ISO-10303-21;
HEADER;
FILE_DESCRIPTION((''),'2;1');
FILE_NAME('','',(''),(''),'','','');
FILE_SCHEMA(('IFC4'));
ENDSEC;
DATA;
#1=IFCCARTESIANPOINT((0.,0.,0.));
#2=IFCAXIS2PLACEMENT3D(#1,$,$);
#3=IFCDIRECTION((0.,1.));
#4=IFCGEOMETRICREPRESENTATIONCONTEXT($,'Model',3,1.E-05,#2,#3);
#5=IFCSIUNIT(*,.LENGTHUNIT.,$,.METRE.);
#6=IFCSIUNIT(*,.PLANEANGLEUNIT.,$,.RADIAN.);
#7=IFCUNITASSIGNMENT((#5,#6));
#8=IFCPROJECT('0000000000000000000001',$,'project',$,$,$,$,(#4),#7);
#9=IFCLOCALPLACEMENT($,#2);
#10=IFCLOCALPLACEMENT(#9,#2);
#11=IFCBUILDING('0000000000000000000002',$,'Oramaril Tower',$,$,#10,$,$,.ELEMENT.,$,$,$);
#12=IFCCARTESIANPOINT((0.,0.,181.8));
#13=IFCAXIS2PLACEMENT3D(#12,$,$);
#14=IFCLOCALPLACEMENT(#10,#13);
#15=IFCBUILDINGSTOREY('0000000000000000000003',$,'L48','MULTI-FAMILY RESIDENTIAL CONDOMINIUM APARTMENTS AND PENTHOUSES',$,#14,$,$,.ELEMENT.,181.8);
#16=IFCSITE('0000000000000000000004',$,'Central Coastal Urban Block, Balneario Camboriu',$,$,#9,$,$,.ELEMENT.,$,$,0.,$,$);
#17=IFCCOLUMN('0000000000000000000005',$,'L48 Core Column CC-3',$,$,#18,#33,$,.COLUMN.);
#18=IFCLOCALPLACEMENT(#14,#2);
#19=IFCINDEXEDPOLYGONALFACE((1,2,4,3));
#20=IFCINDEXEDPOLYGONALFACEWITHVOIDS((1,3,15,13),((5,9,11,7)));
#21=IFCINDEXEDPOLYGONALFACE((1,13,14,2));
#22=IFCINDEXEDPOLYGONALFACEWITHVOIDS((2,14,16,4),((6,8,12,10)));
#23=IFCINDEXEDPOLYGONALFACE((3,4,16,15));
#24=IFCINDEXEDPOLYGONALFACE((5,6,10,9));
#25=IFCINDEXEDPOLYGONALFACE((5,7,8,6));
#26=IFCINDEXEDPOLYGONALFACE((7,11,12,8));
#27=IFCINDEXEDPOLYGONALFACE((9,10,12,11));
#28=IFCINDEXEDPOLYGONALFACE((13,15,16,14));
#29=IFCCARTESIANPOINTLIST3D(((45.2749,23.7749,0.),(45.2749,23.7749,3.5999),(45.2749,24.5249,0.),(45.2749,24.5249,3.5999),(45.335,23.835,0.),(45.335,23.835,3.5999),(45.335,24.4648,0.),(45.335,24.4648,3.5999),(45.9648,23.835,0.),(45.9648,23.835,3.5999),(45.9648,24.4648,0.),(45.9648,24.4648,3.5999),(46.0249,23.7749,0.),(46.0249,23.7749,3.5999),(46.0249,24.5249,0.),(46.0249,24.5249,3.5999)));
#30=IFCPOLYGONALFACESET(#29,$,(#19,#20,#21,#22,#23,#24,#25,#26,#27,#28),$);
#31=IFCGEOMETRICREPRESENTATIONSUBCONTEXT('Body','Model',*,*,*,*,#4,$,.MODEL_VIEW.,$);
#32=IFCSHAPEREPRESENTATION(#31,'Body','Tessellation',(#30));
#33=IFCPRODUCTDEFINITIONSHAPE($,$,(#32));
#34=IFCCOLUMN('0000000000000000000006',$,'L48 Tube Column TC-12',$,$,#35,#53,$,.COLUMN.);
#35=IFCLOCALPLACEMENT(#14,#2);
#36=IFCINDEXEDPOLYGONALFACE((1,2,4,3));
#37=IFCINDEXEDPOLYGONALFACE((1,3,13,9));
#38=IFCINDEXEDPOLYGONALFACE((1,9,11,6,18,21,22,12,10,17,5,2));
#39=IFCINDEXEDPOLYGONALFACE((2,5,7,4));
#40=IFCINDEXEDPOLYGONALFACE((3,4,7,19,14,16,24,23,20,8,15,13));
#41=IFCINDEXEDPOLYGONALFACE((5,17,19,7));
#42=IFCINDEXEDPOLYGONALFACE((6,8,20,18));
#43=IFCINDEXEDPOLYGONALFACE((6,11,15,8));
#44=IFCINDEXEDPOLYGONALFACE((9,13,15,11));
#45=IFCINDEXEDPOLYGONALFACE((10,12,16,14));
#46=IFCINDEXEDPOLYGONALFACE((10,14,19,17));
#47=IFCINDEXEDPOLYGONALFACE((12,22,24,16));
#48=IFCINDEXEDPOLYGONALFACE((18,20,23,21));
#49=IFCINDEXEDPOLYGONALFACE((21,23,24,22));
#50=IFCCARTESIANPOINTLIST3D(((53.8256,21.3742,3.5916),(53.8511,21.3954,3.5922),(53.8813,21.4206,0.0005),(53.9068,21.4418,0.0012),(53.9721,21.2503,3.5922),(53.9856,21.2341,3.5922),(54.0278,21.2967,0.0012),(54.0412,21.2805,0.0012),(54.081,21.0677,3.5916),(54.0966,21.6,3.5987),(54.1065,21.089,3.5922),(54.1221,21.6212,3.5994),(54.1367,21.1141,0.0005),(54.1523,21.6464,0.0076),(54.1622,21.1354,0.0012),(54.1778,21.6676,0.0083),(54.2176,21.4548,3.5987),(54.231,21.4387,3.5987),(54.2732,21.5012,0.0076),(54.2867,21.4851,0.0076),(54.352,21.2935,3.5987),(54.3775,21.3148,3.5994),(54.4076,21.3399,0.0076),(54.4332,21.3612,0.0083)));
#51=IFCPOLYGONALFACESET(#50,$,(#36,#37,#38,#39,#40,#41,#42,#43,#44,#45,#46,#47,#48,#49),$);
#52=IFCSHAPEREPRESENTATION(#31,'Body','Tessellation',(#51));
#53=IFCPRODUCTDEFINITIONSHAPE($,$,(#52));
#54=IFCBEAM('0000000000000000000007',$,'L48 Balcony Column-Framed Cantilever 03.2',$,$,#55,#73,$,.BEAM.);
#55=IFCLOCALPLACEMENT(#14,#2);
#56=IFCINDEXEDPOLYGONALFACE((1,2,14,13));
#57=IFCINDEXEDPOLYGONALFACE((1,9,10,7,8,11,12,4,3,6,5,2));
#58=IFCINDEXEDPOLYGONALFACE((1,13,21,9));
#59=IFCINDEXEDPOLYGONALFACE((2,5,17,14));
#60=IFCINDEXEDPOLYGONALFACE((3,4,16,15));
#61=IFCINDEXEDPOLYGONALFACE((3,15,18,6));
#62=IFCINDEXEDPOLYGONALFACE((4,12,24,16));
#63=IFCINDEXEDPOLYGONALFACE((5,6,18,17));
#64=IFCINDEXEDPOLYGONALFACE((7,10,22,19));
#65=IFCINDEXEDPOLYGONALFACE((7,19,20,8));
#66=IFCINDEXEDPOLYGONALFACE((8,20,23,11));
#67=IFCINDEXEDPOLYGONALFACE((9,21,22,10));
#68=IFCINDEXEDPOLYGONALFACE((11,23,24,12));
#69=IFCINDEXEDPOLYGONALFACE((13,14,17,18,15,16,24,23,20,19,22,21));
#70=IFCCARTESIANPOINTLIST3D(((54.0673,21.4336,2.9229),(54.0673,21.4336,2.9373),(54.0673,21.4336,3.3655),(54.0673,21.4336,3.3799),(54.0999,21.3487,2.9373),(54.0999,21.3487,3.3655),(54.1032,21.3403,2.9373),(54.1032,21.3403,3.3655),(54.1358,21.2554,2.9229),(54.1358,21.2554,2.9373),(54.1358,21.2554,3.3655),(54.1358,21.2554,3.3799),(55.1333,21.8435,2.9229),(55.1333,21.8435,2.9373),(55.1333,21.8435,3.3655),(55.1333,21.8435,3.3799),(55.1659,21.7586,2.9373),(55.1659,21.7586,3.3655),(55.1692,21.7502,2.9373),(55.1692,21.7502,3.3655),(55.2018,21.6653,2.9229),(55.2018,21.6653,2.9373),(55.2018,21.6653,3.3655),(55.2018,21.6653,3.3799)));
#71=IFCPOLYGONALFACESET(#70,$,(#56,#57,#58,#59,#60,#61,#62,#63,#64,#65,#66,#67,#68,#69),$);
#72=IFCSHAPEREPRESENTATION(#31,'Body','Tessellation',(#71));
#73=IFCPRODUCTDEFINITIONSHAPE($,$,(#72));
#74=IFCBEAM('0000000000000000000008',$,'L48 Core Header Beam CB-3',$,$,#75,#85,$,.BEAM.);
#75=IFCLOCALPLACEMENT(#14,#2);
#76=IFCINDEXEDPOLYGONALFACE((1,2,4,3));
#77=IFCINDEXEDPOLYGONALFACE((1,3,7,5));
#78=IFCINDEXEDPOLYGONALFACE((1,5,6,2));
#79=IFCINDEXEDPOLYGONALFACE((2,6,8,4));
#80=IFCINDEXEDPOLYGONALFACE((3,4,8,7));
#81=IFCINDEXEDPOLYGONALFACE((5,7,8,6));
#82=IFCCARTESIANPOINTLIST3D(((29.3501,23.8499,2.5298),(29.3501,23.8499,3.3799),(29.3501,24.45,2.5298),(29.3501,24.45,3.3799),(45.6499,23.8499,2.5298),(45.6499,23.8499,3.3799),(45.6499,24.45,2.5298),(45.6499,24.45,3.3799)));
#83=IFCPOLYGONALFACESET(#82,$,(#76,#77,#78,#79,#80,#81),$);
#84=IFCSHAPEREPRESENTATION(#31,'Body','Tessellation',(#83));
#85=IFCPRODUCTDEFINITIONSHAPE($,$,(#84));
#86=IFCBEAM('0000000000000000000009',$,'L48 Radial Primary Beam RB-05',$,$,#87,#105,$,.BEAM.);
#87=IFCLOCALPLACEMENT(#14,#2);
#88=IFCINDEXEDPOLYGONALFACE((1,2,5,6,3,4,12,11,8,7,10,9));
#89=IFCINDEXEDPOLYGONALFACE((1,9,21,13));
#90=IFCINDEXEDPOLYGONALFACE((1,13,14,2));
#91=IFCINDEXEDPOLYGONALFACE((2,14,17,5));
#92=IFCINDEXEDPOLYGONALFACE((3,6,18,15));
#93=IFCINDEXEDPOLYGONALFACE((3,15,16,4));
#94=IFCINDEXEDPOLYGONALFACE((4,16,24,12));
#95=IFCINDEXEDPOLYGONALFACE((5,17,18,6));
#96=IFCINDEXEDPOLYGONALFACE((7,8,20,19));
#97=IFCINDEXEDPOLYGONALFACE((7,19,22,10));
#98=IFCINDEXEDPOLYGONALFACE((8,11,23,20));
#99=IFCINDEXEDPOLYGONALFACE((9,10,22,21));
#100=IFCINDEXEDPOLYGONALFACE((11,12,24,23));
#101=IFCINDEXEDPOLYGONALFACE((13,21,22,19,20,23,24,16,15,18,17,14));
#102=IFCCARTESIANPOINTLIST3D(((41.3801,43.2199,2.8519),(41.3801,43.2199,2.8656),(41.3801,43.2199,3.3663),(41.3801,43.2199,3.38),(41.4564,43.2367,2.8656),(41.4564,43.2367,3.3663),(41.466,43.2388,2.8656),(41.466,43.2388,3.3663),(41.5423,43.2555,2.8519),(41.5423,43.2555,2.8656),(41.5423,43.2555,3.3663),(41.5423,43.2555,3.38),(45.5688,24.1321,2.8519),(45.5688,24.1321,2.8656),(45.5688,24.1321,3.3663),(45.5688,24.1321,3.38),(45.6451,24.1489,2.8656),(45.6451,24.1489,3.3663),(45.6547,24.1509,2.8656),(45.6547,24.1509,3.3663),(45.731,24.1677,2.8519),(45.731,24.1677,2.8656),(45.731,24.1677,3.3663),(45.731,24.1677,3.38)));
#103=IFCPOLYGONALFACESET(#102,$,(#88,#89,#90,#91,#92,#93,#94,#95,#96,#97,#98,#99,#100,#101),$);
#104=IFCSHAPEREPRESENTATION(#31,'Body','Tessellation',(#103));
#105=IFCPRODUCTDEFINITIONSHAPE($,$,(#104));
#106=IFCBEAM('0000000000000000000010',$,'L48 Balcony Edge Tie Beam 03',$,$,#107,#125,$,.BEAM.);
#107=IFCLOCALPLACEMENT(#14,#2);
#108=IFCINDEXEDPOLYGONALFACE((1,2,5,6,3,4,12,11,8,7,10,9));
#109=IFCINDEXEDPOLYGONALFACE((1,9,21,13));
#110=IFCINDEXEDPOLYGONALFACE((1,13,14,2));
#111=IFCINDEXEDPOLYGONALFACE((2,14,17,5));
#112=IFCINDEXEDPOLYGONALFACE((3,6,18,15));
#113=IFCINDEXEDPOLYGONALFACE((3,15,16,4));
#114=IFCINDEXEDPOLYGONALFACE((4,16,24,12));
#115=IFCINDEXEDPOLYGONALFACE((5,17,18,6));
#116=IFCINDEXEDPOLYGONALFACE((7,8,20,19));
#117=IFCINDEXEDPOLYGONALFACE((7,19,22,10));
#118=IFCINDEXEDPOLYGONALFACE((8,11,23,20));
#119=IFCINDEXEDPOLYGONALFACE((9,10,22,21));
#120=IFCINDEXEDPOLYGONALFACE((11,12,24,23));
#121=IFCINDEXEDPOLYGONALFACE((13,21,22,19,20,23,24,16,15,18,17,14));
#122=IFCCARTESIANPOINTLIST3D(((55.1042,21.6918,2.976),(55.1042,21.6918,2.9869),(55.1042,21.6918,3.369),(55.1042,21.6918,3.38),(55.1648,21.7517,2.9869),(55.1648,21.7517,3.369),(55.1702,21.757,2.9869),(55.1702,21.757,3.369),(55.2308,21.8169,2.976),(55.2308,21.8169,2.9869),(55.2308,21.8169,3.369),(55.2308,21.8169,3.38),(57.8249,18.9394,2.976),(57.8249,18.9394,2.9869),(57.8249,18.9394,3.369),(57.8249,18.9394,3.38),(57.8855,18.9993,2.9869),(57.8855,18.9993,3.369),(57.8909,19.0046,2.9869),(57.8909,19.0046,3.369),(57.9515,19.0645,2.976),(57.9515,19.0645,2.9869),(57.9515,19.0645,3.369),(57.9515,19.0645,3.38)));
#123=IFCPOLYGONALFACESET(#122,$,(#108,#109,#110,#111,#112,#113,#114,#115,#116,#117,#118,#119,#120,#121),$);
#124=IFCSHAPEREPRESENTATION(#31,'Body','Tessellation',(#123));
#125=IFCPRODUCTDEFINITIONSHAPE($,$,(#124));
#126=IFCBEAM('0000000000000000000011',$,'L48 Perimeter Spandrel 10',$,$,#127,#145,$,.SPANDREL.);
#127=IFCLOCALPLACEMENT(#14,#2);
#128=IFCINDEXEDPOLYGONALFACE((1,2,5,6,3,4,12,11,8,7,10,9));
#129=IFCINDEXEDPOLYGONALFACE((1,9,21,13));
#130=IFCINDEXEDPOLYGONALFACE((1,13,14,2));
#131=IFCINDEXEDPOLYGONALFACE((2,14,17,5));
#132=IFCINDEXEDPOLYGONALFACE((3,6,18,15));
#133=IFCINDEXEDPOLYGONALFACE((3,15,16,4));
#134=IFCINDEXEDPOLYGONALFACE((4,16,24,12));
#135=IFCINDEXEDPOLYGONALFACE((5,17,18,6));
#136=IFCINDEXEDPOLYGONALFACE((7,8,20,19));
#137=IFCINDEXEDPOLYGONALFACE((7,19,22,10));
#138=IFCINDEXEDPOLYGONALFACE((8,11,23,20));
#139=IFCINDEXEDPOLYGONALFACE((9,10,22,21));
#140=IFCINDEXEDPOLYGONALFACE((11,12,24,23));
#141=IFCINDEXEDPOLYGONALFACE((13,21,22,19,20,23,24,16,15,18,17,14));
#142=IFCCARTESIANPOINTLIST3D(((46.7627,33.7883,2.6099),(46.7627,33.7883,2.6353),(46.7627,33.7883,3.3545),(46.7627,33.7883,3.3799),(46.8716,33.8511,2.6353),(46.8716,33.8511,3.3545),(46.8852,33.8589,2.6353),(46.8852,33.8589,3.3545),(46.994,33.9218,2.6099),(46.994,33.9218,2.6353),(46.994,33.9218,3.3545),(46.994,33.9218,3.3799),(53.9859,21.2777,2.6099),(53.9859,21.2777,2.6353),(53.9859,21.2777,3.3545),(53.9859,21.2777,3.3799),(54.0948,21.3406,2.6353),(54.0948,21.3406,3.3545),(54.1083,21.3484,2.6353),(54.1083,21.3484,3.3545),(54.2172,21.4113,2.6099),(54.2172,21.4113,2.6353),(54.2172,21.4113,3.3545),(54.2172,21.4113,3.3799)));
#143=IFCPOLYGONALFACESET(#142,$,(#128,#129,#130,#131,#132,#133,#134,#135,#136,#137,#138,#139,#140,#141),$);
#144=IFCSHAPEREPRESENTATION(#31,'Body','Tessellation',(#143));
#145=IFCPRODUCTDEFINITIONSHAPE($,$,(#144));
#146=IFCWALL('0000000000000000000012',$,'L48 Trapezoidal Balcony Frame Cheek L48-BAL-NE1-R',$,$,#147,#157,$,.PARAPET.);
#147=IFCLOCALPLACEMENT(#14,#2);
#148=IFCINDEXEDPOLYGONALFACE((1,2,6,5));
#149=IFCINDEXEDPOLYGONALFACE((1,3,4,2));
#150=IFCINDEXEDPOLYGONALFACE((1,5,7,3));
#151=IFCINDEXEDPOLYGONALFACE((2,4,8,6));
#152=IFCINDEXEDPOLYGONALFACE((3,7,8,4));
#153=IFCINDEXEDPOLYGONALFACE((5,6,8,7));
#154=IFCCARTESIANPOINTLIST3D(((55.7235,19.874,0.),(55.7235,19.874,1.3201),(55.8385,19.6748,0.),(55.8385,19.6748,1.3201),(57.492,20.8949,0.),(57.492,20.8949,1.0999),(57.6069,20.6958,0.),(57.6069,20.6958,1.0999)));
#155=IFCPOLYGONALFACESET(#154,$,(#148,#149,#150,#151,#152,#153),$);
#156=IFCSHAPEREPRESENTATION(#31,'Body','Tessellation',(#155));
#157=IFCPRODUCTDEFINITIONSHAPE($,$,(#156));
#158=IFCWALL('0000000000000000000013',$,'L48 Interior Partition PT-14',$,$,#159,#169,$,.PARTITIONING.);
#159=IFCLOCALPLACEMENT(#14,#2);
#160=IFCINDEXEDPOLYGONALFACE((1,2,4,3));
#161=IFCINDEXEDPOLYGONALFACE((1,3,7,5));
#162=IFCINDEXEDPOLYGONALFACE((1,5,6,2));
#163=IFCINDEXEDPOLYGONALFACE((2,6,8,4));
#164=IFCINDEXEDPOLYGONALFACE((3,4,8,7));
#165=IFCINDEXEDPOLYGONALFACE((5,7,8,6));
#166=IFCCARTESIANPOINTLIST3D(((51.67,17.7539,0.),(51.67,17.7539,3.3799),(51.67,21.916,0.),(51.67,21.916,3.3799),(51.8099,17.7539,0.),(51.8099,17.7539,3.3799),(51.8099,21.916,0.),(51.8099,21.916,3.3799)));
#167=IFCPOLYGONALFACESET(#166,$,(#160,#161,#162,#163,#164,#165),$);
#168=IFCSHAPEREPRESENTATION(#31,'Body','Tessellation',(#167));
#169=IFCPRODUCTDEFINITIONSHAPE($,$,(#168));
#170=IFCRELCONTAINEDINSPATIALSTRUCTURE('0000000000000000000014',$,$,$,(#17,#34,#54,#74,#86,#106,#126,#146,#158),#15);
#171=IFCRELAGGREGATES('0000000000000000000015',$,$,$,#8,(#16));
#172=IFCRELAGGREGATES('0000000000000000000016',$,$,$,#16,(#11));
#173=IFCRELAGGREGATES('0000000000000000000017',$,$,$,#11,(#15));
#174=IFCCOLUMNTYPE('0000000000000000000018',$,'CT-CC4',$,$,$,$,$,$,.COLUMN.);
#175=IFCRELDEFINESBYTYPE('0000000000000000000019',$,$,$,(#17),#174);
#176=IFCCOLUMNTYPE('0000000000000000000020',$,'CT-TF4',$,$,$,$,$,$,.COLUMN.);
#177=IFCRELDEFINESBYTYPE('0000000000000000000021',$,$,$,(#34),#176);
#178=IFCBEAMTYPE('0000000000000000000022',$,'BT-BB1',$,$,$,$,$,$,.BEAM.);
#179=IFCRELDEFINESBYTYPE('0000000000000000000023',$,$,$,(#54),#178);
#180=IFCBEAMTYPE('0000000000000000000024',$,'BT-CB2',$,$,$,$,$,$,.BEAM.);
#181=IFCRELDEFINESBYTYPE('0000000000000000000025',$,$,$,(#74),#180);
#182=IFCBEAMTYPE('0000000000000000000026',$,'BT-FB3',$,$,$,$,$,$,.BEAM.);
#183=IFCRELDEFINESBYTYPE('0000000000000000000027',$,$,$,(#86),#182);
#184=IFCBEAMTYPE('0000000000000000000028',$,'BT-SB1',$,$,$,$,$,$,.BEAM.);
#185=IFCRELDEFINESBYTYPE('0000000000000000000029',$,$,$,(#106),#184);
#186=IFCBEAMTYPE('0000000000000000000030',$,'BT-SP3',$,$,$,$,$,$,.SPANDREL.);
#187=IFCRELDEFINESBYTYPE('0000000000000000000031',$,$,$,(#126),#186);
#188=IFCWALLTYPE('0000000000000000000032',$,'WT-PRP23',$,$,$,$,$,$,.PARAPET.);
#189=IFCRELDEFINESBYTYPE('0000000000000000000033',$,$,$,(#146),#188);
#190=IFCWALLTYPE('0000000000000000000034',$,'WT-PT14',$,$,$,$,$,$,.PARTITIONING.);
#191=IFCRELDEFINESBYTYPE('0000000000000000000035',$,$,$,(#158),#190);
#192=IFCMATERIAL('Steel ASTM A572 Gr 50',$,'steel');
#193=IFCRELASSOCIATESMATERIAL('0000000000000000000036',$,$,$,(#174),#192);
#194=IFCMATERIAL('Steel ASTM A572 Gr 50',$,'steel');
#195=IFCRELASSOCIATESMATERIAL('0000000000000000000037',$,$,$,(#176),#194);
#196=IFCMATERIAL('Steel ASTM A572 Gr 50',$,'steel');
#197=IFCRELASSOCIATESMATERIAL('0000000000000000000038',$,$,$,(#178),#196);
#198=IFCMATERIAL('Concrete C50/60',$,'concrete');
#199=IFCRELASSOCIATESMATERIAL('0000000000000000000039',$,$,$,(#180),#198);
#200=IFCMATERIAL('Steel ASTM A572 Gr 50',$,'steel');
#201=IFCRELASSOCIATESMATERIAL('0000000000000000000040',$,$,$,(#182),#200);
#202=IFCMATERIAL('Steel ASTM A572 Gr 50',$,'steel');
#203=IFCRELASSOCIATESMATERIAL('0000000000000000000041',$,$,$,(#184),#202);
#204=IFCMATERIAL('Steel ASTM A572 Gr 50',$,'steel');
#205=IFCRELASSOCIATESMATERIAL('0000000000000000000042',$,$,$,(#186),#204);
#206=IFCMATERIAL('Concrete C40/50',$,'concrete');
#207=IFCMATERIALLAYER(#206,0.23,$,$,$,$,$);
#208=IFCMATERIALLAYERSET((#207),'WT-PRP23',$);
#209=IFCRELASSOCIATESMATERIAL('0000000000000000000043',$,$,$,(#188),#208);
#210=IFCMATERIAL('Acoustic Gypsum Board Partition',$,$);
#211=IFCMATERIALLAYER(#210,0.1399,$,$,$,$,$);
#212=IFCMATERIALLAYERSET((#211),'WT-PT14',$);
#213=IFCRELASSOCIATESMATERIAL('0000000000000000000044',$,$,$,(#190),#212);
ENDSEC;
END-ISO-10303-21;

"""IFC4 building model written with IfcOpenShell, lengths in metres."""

from ifc_helpers import new_model, si_unit, direction, frame, frame_2d, origin, origin_2d, place, context, subcontext, project, spatial, polyline, rectangle, hollow_rectangle, i_section, outline, extrude, material, layer, layer_set, material_profile, profile_set, type_object, element, save


model = new_model("IFC4")

# Units and contexts
model_context = context("Model", 3, precision=1e-05, world=origin(), true_north=direction((0.0, 1.0)))
body_context = subcontext(model_context, "Body", "Model", "MODEL_VIEW")
ifc_project = project(units=[si_unit("LENGTHUNIT", "METRE"), si_unit("PLANEANGLEUNIT", "RADIAN")], contexts=[model_context])

# Site, building, storey
site_placement = place(None, origin())
site = spatial("IfcSite", under=ifc_project, at=site_placement, Name="Central Coastal Urban Block, Balneario Camboriu", CompositionType="ELEMENT", RefElevation=0.0)
building_placement = place(site_placement, origin())
building = spatial("IfcBuilding", under=site, at=building_placement, Name="Oramaril Tower", CompositionType="ELEMENT")
storey_placement = place(building_placement, frame((0.0, 0.0, 181.8)))
storey = spatial("IfcBuildingStorey", under=building, at=storey_placement, Name="L48", Description="MULTI-FAMILY RESIDENTIAL CONDOMINIUM APARTMENTS AND PENTHOUSES", CompositionType="ELEMENT", Elevation=181.8)

# Columns
ifc_material_1 = material(Name="Steel ASTM A572 Gr 50", Category="steel")
ifc_material_profile_1 = material_profile(ifc_material_1, hollow_rectangle(XDim=0.75, YDim=0.75, WallThickness=0.0601, at=origin_2d()), Name="BOX750X750X60")
ifc_profile_set_1 = profile_set([ifc_material_profile_1], Name="Steel ASTM A572 Gr 50")
column_type_1 = type_object("IfcColumnType", Name="CT-CC4", PredefinedType="COLUMN", material=ifc_profile_set_1)
column_1_placement = place(storey_placement, frame((45.6499, 24.1499, 0.0), z_axis=(0.0, 0.0, 1.0), x_axis=(1.0, 0.0, 0.0)))
element("IfcColumn", 1, at=column_1_placement, inside=storey, type_object=column_type_1, Name="L48 Core Column CC-3", PredefinedType="COLUMN", context=body_context, shape_type="SweptSolid", body=[
    extrude(hollow_rectangle(XDim=0.75, YDim=0.75, WallThickness=0.0601, at=origin_2d()), origin(), (0.0, 0.0, 1.0), 3.5999),
])
ifc_material_2 = material(Name="Steel ASTM A572 Gr 50", Category="steel")
ifc_material_profile_2 = material_profile(ifc_material_2, i_section(OverallWidth=0.3989, OverallDepth=0.386, WebThickness=0.021, FlangeThickness=0.0332, at=origin_2d()), Name="W14X176")
ifc_profile_set_2 = profile_set([ifc_material_profile_2], Name="Steel ASTM A572 Gr 50")
column_type_2 = type_object("IfcColumnType", Name="CT-TF4", PredefinedType="COLUMN", material=ifc_profile_set_2)
column_2_placement = place(storey_placement, frame((54.1572, 21.3909, 0.0044), z_axis=(-0.015498, -0.012915, 0.999796), x_axis=(0.640184, -0.768221, 0.0)))
element("IfcColumn", 2, at=column_2_placement, inside=storey, type_object=column_type_2, Name="L48 Tube Column TC-12", PredefinedType="COLUMN", context=body_context, shape_type="SweptSolid", body=[
    extrude(i_section(OverallWidth=0.3989, OverallDepth=0.386, WebThickness=0.021, FlangeThickness=0.0332, at=origin_2d()), origin(), (0.0, 0.0, 1.0), 3.5918),
])

# Beams
ifc_material_3 = material(Name="Steel ASTM A572 Gr 50", Category="steel")
ifc_material_profile_3 = material_profile(ifc_material_3, i_section(OverallWidth=0.1909, OverallDepth=0.457, WebThickness=0.009, FlangeThickness=0.0144, at=origin_2d()), Name="W18X50")
ifc_profile_set_3 = profile_set([ifc_material_profile_3], Name="Steel ASTM A572 Gr 50")
beam_type_1 = type_object("IfcBeamType", Name="BT-BB1", PredefinedType="BEAM", material=ifc_profile_set_3)
beam_1_placement = place(storey_placement, frame((54.1016, 21.3445, 3.1514), z_axis=(0.933362, 0.358936, 0.0), x_axis=(-0.358936, 0.933362, 0.0)))
element("IfcBeam", 3, at=beam_1_placement, inside=storey, type_object=beam_type_1, Name="L48 Balcony Column-Framed Cantilever 03.2", PredefinedType="BEAM", context=body_context, shape_type="SweptSolid", body=[
    extrude(i_section(OverallWidth=0.1909, OverallDepth=0.457, WebThickness=0.009, FlangeThickness=0.0144, at=origin_2d()), origin(), (0.0, 0.0, 1.0), 1.1421),
])
ifc_material_4 = material(Name="Concrete C50/60", Category="concrete")
ifc_material_profile_4 = material_profile(ifc_material_4, rectangle(XDim=0.6001, YDim=0.8501, at=origin_2d()), Name="CB600X850")
ifc_profile_set_4 = profile_set([ifc_material_profile_4], Name="Concrete C50/60")
beam_type_2 = type_object("IfcBeamType", Name="BT-CB2", PredefinedType="BEAM", material=ifc_profile_set_4)
beam_2_placement = place(storey_placement, frame((45.6499, 24.1499, 2.9548), z_axis=(-1.0, 0.0, 0.0), x_axis=(0.0, -1.0, 0.0)))
element("IfcBeam", 4, at=beam_2_placement, inside=storey, type_object=beam_type_2, Name="L48 Core Header Beam CB-3", PredefinedType="BEAM", context=body_context, shape_type="SweptSolid", body=[
    extrude(rectangle(XDim=0.6001, YDim=0.8501, at=origin_2d()), origin(), (0.0, 0.0, 1.0), 16.2998),
])
ifc_material_5 = material(Name="Steel ASTM A572 Gr 50", Category="steel")
ifc_material_profile_5 = material_profile(ifc_material_5, i_section(OverallWidth=0.166, OverallDepth=0.5281, WebThickness=0.0098, FlangeThickness=0.0137, at=origin_2d()), Name="W21X50")
ifc_profile_set_5 = profile_set([ifc_material_profile_5], Name="Steel ASTM A572 Gr 50")
beam_type_3 = type_object("IfcBeamType", Name="BT-FB3", PredefinedType="BEAM", material=ifc_profile_set_5)
beam_3_placement = place(storey_placement, frame((45.6499, 24.1499, 3.116), z_axis=(-0.214344, 0.976758, 0.0), x_axis=(-0.976758, -0.214344, 0.0)))
element("IfcBeam", 5, at=beam_3_placement, inside=storey, type_object=beam_type_3, Name="L48 Radial Primary Beam RB-05", PredefinedType="BEAM", context=body_context, shape_type="SweptSolid", body=[
    extrude(i_section(OverallWidth=0.166, OverallDepth=0.5281, WebThickness=0.0098, FlangeThickness=0.0137, at=origin_2d()), origin(), (0.0, 0.0, 1.0), 19.542),
])
ifc_material_6 = material(Name="Steel ASTM A572 Gr 50", Category="steel")
ifc_material_profile_6 = material_profile(ifc_material_6, i_section(OverallWidth=0.178, OverallDepth=0.4041, WebThickness=0.0076, FlangeThickness=0.011, at=origin_2d()), Name="W16X36")
ifc_profile_set_6 = profile_set([ifc_material_profile_6], Name="Steel ASTM A572 Gr 50")
beam_type_4 = type_object("IfcBeamType", Name="BT-SB1", PredefinedType="BEAM", material=ifc_profile_set_6)
beam_4_placement = place(storey_placement, frame((57.8882, 19.002, 3.178), z_axis=(-0.702995, 0.711195, 0.0), x_axis=(-0.711195, -0.702995, 0.0)))
element("IfcBeam", 6, at=beam_4_placement, inside=storey, type_object=beam_type_4, Name="L48 Balcony Edge Tie Beam 03", PredefinedType="BEAM", context=body_context, shape_type="SweptSolid", body=[
    extrude(i_section(OverallWidth=0.178, OverallDepth=0.4041, WebThickness=0.0076, FlangeThickness=0.011, at=origin_2d()), origin(), (0.0, 0.0, 1.0), 3.8701),
])
ifc_material_7 = material(Name="Steel ASTM A572 Gr 50", Category="steel")
ifc_material_profile_7 = material_profile(ifc_material_7, i_section(OverallWidth=0.2671, OverallDepth=0.77, WebThickness=0.0156, FlangeThickness=0.0254, at=origin_2d()), Name="W30X132")
ifc_profile_set_7 = profile_set([ifc_material_profile_7], Name="Steel ASTM A572 Gr 50")
beam_type_5 = type_object("IfcBeamType", Name="BT-SP3", PredefinedType="SPANDREL", material=ifc_profile_set_7)
beam_5_placement = place(storey_placement, frame((54.1016, 21.3445, 2.9949), z_axis=(-0.500011, 0.866019, 0.0), x_axis=(-0.866019, -0.500011, 0.0)))
element("IfcBeam", 7, at=beam_5_placement, inside=storey, type_object=beam_type_5, Name="L48 Perimeter Spandrel 10", PredefinedType="SPANDREL", context=body_context, shape_type="SweptSolid", body=[
    extrude(i_section(OverallWidth=0.2671, OverallDepth=0.77, WebThickness=0.0156, FlangeThickness=0.0254, at=origin_2d()), origin(), (0.0, 0.0, 1.0), 14.446),
])

# Walls
ifc_material_8 = material(Name="Concrete C40/50", Category="concrete")
ifc_layer_1 = layer(ifc_material_8, 0.23)
ifc_layer_set_1 = layer_set([ifc_layer_1], Name="WT-PRP23")
wall_type_1 = type_object("IfcWallType", Name="WT-PRP23", PredefinedType="PARAPET", material=ifc_layer_set_1)
wall_1_placement = place(storey_placement, frame((55.781, 19.7744, 0.0), z_axis=(0.0, 0.0, 1.0), x_axis=(0.866042, 0.499971, 0.0)))
element("IfcWall", 8, at=wall_1_placement, inside=storey, type_object=wall_type_1, Name="L48 Trapezoidal Balcony Frame Cheek L48-BAL-NE1-R", PredefinedType="PARAPET", context=body_context, shape_type="SweptSolid", body=[
    extrude(outline(polyline([(0.0, 0.0), (2.042, 0.0), (2.042, 1.0999), (0.0, 1.3201), (0.0, 0.0)])), frame((0.0, 0.115, 0.0), z_axis=(0.0, -1.0, 0.0), x_axis=(1.0, 0.0, 0.0)), (0.0, 0.0, 1.0), 0.23),
])
ifc_material_9 = material(Name="Acoustic Gypsum Board Partition")
ifc_layer_2 = layer(ifc_material_9, 0.1399)
ifc_layer_set_2 = layer_set([ifc_layer_2], Name="WT-PT14")
wall_type_2 = type_object("IfcWallType", Name="WT-PT14", PredefinedType="PARTITIONING", material=ifc_layer_set_2)
wall_2_placement = place(storey_placement, frame((51.74, 17.7539, 0.0), z_axis=(0.0, 0.0, 1.0), x_axis=(0.0, 1.0, 0.0)))
element("IfcWall", 9, at=wall_2_placement, inside=storey, type_object=wall_type_2, Name="L48 Interior Partition PT-14", PredefinedType="PARTITIONING", context=body_context, shape_type="SweptSolid", body=[
    extrude(rectangle(XDim=4.1621, YDim=0.1399, at=frame_2d((2.0811, 0.0))), origin(), (0.0, 0.0, 1.0), 3.3799),
])

save(model, "model.ifc")
